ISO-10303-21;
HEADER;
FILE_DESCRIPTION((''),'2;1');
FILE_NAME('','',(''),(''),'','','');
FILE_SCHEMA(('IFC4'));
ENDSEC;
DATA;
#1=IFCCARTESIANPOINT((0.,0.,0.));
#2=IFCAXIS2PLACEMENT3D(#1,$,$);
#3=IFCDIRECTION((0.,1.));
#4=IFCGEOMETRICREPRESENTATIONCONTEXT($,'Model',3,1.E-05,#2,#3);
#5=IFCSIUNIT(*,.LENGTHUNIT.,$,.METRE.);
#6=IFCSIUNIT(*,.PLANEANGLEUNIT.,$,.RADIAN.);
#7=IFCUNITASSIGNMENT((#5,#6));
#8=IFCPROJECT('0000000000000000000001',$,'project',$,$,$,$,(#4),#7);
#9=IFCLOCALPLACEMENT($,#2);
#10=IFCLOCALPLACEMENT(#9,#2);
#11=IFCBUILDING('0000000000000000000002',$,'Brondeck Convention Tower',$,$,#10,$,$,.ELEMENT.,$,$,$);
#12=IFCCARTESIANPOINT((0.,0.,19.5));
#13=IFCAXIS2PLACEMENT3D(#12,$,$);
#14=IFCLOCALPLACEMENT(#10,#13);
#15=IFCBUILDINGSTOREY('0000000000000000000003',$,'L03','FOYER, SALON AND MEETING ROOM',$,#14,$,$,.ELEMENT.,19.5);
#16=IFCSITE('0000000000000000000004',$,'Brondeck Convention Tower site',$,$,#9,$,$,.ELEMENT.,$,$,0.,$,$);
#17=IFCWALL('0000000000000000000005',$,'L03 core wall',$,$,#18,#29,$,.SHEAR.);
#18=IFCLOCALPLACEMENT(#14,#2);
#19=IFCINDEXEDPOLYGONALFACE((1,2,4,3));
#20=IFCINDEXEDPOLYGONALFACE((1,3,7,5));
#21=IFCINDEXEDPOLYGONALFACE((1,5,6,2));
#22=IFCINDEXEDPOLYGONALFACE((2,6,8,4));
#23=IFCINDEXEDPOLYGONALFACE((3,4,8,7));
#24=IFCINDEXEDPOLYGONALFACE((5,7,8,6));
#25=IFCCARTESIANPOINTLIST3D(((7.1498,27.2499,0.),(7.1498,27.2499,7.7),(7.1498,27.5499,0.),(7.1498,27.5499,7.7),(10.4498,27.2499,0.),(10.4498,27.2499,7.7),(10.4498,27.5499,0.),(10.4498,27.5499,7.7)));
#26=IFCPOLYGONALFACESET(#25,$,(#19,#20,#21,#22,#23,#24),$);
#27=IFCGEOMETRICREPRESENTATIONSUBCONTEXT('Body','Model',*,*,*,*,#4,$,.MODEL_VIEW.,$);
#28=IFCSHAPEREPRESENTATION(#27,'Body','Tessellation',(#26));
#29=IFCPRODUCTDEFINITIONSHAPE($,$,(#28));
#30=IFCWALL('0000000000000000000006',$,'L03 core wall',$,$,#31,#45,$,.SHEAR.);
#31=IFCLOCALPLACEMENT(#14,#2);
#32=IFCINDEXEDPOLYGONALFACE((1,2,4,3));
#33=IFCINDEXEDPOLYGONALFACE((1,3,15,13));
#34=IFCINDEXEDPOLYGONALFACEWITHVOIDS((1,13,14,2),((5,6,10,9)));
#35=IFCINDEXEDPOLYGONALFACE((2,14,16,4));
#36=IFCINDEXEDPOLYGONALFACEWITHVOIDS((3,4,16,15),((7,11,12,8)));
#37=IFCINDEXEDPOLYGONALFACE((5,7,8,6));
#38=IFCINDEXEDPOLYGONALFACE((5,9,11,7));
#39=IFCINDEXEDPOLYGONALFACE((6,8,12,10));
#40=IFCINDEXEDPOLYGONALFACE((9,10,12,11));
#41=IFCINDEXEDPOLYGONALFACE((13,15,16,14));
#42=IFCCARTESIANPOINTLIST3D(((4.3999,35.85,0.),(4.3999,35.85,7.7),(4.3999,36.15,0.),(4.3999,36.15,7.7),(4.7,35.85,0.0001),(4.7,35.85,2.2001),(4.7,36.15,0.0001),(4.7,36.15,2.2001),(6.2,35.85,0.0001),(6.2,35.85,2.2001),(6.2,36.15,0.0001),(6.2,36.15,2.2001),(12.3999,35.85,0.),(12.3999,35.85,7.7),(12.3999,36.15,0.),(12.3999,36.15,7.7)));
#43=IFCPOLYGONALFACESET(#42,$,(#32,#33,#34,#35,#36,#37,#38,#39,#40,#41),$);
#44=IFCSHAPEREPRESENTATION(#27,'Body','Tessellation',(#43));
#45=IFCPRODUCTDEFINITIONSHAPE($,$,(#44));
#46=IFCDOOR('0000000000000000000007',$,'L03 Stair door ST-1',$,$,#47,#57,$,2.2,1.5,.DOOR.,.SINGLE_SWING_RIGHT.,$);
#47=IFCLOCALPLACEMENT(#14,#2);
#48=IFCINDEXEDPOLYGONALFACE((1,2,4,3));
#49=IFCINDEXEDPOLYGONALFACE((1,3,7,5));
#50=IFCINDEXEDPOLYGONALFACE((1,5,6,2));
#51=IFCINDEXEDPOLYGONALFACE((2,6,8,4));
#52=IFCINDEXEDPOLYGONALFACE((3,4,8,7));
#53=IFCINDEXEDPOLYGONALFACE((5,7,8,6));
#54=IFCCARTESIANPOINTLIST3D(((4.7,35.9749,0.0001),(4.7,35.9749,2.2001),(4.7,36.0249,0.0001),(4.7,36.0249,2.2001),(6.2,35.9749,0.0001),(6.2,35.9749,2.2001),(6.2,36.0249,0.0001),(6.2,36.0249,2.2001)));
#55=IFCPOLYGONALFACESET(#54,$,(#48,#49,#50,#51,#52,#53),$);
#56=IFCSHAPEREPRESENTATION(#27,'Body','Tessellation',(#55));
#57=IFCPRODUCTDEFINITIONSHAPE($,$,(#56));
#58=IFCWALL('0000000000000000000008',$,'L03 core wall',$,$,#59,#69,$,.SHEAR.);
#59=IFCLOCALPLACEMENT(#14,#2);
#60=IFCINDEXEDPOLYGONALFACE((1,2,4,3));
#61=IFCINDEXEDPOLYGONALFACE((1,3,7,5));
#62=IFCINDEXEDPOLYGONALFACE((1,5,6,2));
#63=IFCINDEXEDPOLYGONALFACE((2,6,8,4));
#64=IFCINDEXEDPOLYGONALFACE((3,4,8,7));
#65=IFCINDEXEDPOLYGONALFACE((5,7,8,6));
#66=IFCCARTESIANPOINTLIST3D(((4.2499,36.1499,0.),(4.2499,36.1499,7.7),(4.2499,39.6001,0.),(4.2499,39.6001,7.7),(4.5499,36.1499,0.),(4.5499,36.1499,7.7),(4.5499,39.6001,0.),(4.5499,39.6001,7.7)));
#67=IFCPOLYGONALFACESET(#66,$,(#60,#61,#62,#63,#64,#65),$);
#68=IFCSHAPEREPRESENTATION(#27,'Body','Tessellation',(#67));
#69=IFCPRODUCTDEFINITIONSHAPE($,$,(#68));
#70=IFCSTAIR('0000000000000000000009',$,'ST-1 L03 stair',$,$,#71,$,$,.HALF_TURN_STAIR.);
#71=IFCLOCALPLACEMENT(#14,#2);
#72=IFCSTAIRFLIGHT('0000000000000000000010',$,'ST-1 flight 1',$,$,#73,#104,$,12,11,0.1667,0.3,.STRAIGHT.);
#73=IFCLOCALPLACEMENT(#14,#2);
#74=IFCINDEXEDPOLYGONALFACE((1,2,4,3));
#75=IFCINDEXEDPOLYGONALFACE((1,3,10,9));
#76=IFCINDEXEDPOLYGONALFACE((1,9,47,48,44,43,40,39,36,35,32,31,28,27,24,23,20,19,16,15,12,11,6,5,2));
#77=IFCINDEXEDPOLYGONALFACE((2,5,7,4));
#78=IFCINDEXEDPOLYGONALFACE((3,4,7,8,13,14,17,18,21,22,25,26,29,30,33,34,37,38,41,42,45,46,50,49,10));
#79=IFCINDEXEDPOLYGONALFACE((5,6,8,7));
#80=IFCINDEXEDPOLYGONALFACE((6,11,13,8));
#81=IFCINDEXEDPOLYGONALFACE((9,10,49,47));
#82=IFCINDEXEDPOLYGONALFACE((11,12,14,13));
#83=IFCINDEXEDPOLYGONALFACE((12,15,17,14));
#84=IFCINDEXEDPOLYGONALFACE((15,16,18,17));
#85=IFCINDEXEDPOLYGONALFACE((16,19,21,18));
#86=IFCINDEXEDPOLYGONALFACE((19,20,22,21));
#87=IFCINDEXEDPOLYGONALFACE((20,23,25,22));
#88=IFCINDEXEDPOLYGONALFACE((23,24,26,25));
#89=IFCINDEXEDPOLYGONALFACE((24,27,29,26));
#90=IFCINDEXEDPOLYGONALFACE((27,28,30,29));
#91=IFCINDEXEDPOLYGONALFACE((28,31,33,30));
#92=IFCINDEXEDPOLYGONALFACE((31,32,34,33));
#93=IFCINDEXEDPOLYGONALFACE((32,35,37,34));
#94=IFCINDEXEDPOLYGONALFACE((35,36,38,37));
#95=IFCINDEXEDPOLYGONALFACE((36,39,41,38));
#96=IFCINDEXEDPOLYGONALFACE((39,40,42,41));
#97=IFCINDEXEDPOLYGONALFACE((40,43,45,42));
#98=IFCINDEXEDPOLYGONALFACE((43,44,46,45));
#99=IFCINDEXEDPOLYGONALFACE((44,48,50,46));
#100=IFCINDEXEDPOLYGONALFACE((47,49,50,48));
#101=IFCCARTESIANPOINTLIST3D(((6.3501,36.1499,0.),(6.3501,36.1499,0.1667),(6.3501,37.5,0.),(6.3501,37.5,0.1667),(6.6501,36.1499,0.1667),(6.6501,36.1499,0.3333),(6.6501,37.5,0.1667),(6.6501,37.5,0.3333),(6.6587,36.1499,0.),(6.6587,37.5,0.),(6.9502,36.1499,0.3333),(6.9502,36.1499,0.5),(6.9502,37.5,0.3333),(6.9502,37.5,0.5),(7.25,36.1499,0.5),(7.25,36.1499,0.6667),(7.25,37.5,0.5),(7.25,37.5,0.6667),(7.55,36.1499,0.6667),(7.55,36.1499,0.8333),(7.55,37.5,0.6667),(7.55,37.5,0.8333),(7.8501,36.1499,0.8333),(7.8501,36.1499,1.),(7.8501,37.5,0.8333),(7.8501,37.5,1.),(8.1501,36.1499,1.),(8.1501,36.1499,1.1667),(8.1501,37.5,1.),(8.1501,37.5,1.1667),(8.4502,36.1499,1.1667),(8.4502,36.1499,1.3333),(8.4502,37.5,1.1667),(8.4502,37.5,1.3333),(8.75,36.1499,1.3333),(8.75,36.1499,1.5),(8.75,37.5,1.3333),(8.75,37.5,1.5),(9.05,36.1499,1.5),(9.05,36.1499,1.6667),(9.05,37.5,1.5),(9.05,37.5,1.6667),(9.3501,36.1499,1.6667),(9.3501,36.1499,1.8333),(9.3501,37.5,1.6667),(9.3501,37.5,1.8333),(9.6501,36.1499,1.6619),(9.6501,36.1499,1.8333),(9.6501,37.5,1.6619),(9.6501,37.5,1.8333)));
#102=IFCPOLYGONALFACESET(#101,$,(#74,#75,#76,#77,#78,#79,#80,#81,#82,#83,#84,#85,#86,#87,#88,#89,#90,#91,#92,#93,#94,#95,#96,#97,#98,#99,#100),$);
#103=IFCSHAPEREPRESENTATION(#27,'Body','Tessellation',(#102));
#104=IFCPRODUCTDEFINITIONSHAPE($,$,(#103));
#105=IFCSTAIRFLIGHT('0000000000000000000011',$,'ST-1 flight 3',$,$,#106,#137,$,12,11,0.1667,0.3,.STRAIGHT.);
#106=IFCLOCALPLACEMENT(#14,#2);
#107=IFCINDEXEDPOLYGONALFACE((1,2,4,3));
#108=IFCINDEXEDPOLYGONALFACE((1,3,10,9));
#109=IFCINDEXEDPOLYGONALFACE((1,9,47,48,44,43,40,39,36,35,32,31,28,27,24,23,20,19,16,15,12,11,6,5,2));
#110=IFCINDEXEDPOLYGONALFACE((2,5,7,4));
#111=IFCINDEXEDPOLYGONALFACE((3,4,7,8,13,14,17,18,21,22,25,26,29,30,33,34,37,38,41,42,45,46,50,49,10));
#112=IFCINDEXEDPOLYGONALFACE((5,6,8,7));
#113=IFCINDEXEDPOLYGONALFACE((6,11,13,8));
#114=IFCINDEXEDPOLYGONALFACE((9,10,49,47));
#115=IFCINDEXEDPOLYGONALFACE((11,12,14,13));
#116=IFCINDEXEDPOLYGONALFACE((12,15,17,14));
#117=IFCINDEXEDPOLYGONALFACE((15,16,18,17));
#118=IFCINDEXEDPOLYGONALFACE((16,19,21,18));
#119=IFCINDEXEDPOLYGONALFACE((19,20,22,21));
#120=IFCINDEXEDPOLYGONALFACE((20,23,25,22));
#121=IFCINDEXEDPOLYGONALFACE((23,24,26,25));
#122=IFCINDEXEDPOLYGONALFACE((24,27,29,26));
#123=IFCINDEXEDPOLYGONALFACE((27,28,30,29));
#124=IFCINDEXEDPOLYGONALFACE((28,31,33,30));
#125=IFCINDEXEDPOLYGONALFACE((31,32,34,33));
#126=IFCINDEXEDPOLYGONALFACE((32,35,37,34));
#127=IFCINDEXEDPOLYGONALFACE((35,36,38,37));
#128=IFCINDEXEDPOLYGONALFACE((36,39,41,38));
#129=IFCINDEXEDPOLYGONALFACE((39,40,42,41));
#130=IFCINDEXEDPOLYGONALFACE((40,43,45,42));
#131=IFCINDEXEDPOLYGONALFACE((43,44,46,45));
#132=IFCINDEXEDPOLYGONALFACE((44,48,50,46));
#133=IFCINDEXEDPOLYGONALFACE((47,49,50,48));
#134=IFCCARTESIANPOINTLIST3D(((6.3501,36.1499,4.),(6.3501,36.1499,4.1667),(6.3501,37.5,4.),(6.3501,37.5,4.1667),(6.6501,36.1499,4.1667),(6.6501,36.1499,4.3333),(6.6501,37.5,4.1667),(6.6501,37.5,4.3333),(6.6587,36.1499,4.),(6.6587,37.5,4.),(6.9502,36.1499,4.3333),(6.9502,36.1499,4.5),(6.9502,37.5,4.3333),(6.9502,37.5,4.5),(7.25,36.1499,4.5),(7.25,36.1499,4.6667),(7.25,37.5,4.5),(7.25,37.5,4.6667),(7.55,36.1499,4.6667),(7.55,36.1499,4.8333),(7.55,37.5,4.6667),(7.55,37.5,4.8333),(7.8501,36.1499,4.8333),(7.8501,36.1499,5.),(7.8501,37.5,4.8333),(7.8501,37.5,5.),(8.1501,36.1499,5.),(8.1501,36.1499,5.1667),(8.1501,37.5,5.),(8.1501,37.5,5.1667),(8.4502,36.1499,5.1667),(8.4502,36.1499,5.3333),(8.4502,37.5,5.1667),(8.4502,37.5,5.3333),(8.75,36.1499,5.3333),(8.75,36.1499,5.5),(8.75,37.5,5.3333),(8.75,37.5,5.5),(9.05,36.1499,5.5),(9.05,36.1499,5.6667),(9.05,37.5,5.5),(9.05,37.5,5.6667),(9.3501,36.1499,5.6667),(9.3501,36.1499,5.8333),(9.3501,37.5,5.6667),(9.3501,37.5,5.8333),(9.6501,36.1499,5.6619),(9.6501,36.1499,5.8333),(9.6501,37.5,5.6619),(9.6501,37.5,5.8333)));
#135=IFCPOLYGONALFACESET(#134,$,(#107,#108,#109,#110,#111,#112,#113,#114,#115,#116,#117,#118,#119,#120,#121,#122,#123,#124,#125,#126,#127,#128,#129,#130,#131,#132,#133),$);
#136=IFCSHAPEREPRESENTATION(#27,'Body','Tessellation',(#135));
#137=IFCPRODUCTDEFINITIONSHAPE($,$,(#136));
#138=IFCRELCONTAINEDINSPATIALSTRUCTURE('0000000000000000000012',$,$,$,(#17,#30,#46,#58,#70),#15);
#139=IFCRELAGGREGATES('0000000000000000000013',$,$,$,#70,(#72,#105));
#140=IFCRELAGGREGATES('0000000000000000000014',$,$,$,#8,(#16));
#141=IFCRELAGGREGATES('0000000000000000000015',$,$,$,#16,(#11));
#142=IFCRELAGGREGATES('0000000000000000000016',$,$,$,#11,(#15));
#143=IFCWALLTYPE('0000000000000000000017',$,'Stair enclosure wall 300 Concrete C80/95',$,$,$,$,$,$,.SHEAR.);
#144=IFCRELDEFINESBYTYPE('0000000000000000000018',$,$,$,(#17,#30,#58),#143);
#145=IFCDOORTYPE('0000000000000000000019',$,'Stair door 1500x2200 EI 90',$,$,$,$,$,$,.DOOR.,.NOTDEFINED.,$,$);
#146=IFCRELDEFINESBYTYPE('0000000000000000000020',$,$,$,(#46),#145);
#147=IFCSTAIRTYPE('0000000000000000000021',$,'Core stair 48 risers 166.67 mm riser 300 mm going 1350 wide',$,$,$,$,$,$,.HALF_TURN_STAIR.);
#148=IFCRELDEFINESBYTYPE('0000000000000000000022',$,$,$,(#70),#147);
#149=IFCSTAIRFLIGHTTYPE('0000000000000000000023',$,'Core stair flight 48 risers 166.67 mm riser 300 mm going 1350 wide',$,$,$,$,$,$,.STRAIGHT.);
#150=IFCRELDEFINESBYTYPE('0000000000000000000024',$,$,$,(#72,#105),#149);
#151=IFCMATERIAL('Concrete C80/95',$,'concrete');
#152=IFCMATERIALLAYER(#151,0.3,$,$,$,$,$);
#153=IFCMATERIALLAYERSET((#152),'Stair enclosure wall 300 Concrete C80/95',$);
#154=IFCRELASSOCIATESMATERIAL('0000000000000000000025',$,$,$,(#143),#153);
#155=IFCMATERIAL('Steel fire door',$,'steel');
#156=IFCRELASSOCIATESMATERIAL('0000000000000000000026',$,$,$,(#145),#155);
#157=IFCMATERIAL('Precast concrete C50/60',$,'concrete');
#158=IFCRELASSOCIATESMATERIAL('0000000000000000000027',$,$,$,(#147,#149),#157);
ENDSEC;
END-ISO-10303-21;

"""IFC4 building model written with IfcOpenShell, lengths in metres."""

from ifc_helpers import new_model, si_unit, direction, frame, frame_2d, origin, place, context, subcontext, project, spatial, polyline, rectangle, outline, extrude, material, layer, layer_set, type_object, element, fill, aggregate, save


model = new_model("IFC4")

# Units and contexts
model_context = context("Model", 3, precision=1e-05, world=origin(), true_north=direction((0.0, 1.0)))
body_context = subcontext(model_context, "Body", "Model", "MODEL_VIEW")
ifc_project = project(units=[si_unit("LENGTHUNIT", "METRE"), si_unit("PLANEANGLEUNIT", "RADIAN")], contexts=[model_context])

# Site, building, storey
site_placement = place(None, origin())
site = spatial("IfcSite", under=ifc_project, at=site_placement, Name="Brondeck Convention Tower site", CompositionType="ELEMENT", RefElevation=0.0)
building_placement = place(site_placement, origin())
building = spatial("IfcBuilding", under=site, at=building_placement, Name="Brondeck Convention Tower", CompositionType="ELEMENT")
storey_placement = place(building_placement, frame((0.0, 0.0, 19.5)))
storey = spatial("IfcBuildingStorey", under=building, at=storey_placement, Name="L03", Description="FOYER, SALON AND MEETING ROOM", CompositionType="ELEMENT", Elevation=19.5)

# Shared definitions
ifc_material_1 = material(Name="Concrete C80/95", Category="concrete")

# Shared definitions
ifc_material_2 = material(Name="Steel fire door", Category="steel")

# Wall
ifc_layer_1 = layer(ifc_material_1, 0.3)
ifc_layer_set_1 = layer_set([ifc_layer_1], Name="Stair enclosure wall 300 Concrete C80/95")
wall_type_1 = type_object("IfcWallType", Name="Stair enclosure wall 300 Concrete C80/95", PredefinedType="SHEAR", material=ifc_layer_set_1)
wall_1_placement = place(storey_placement, frame((7.1499, 27.3999, 0.0), z_axis=(0.0, 0.0, 1.0), x_axis=(1.0, 0.0, 0.0)))
element("IfcWall", 1, at=wall_1_placement, inside=storey, type_object=wall_type_1, Name="L03 core wall", PredefinedType="SHEAR", context=body_context, shape_type="SweptSolid", body=[
    extrude(rectangle(XDim=3.3, YDim=0.3, at=frame_2d((1.6499, 0.0))), origin(), (0.0, 0.0, 1.0), 7.7),
])

# Wall, opening, door
wall_2_placement = place(storey_placement, frame((4.3999, 36.0, 0.0), z_axis=(0.0, 0.0, 1.0), x_axis=(1.0, 0.0, 0.0)))
wall_2 = element("IfcWall", 2, at=wall_2_placement, inside=storey, type_object=wall_type_1, Name="L03 core wall", PredefinedType="SHEAR", context=body_context, shape_type="SweptSolid", body=[
    extrude(rectangle(XDim=8.0, YDim=0.3, at=frame_2d((4.0, 0.0))), origin(), (0.0, 0.0, 1.0), 7.7),
])
opening_1_placement = place(wall_2_placement, frame((0.3, 0.0, 0.0)))
opening_1 = element("IfcOpeningElement", 3, at=opening_1_placement, cuts=wall_2, PredefinedType="OPENING", context=body_context, shape_type="SweptSolid", body=[
    extrude(rectangle(XDim=1.5, YDim=2.2, at=frame_2d((0.75, 1.1001))), frame((0.0, 0.1599, 0.0), z_axis=(0.0, -1.0, 0.0), x_axis=(1.0, 0.0, 0.0)), (0.0, 0.0, 1.0), 0.3201),
])
door_type_1 = type_object("IfcDoorType", Name="Stair door 1500x2200 EI 90", OperationType="NOTDEFINED", PredefinedType="DOOR", material=ifc_material_2)
door_1_placement = place(opening_1_placement, origin())
door_1 = element("IfcDoor", 4, at=door_1_placement, inside=storey, type_object=door_type_1, Name="L03 Stair door ST-1", OperationType="SINGLE_SWING_RIGHT", OverallHeight=2.2, OverallWidth=1.5, PredefinedType="DOOR", context=body_context, shape_type="SweptSolid", body=[
    extrude(rectangle(XDim=1.5, YDim=2.2, at=frame_2d((0.75, 1.1001))), frame((0.0, 0.0249, 0.0), z_axis=(0.0, -1.0, 0.0), x_axis=(1.0, 0.0, 0.0)), (0.0, 0.0, 1.0), 0.05),
])
fill(opening_1, door_1)

# Wall
wall_3_placement = place(storey_placement, frame((4.3999, 36.1499, 0.0), z_axis=(0.0, 0.0, 1.0), x_axis=(0.0, 1.0, 0.0)))
element("IfcWall", 5, at=wall_3_placement, inside=storey, type_object=wall_type_1, Name="L03 core wall", PredefinedType="SHEAR", context=body_context, shape_type="SweptSolid", body=[
    extrude(rectangle(XDim=3.4502, YDim=0.3, at=frame_2d((1.7251, 0.0))), origin(), (0.0, 0.0, 1.0), 7.7),
])

# Stair, stair flights
ifc_material_3 = material(Name="Precast concrete C50/60", Category="concrete")
stair_type = type_object("IfcStairType", Name="Core stair 48 risers 166.67 mm riser 300 mm going 1350 wide", PredefinedType="HALF_TURN_STAIR", material=ifc_material_3)
stair_placement = place(storey_placement, origin())
stair = element("IfcStair", 6, at=stair_placement, inside=storey, type_object=stair_type, Name="ST-1 L03 stair", PredefinedType="HALF_TURN_STAIR")
stair_flight_type = type_object("IfcStairFlightType", Name="Core stair flight 48 risers 166.67 mm riser 300 mm going 1350 wide", PredefinedType="STRAIGHT", material=ifc_material_3)
stair_flight_1_placement = place(storey_placement, frame((6.3501, 36.825, 0.0), z_axis=(0.0, 0.0, 1.0), x_axis=(1.0, 0.0, 0.0)))
stair_flight_1 = element("IfcStairFlight", 7, at=stair_flight_1_placement, type_object=stair_flight_type, Name="ST-1 flight 1", NumberOfRisers=12, NumberOfTreads=11, PredefinedType="STRAIGHT", RiserHeight=0.1667, TreadLength=0.3, context=body_context, shape_type="SweptSolid", body=[
    extrude(outline(polyline([(0.0, 0.0), (0.0, 0.1667), (0.3, 0.1667), (0.3, 0.3333), (0.6001, 0.3333), (0.6001, 0.5), (0.8999, 0.5), (0.8999, 0.6667), (1.2, 0.6667), (1.2, 0.8333), (1.5, 0.8333), (1.5, 1.0), (1.8, 1.0), (1.8, 1.1667), (2.1001, 1.1667), (2.1001, 1.3333), (2.3999, 1.3333), (2.3999, 1.5), (2.7, 1.5), (2.7, 1.6667), (3.0, 1.6667), (3.0, 1.8333), (3.3, 1.8333), (3.3, 2.0), (3.3, 1.6619), (0.3086, 0.0), (0.0, 0.0)])), frame((0.0, 0.675, 0.0), z_axis=(0.0, -1.0, 0.0), x_axis=(1.0, 0.0, 0.0)), (0.0, 0.0, 1.0), 1.3501),
])
stair_flight_2_placement = place(storey_placement, frame((6.3501, 36.825, 4.0), z_axis=(0.0, 0.0, 1.0), x_axis=(1.0, 0.0, 0.0)))
stair_flight_2 = element("IfcStairFlight", 8, at=stair_flight_2_placement, type_object=stair_flight_type, Name="ST-1 flight 3", NumberOfRisers=12, NumberOfTreads=11, PredefinedType="STRAIGHT", RiserHeight=0.1667, TreadLength=0.3, context=body_context, shape_type="SweptSolid", body=[
    extrude(outline(polyline([(0.0, 0.0), (0.0, 0.1667), (0.3, 0.1667), (0.3, 0.3333), (0.6001, 0.3333), (0.6001, 0.5), (0.8999, 0.5), (0.8999, 0.6667), (1.2, 0.6667), (1.2, 0.8333), (1.5, 0.8333), (1.5, 1.0), (1.8, 1.0), (1.8, 1.1667), (2.1001, 1.1667), (2.1001, 1.3333), (2.3999, 1.3333), (2.3999, 1.5), (2.7, 1.5), (2.7, 1.6667), (3.0, 1.6667), (3.0, 1.8333), (3.3, 1.8333), (3.3, 2.0), (3.3, 1.6619), (0.3086, 0.0), (0.0, 0.0)])), frame((0.0, 0.675, 0.0), z_axis=(0.0, -1.0, 0.0), x_axis=(1.0, 0.0, 0.0)), (0.0, 0.0, 1.0), 1.3501),
])
aggregate(stair, [stair_flight_1, stair_flight_2])

save(model, "model.ifc")
